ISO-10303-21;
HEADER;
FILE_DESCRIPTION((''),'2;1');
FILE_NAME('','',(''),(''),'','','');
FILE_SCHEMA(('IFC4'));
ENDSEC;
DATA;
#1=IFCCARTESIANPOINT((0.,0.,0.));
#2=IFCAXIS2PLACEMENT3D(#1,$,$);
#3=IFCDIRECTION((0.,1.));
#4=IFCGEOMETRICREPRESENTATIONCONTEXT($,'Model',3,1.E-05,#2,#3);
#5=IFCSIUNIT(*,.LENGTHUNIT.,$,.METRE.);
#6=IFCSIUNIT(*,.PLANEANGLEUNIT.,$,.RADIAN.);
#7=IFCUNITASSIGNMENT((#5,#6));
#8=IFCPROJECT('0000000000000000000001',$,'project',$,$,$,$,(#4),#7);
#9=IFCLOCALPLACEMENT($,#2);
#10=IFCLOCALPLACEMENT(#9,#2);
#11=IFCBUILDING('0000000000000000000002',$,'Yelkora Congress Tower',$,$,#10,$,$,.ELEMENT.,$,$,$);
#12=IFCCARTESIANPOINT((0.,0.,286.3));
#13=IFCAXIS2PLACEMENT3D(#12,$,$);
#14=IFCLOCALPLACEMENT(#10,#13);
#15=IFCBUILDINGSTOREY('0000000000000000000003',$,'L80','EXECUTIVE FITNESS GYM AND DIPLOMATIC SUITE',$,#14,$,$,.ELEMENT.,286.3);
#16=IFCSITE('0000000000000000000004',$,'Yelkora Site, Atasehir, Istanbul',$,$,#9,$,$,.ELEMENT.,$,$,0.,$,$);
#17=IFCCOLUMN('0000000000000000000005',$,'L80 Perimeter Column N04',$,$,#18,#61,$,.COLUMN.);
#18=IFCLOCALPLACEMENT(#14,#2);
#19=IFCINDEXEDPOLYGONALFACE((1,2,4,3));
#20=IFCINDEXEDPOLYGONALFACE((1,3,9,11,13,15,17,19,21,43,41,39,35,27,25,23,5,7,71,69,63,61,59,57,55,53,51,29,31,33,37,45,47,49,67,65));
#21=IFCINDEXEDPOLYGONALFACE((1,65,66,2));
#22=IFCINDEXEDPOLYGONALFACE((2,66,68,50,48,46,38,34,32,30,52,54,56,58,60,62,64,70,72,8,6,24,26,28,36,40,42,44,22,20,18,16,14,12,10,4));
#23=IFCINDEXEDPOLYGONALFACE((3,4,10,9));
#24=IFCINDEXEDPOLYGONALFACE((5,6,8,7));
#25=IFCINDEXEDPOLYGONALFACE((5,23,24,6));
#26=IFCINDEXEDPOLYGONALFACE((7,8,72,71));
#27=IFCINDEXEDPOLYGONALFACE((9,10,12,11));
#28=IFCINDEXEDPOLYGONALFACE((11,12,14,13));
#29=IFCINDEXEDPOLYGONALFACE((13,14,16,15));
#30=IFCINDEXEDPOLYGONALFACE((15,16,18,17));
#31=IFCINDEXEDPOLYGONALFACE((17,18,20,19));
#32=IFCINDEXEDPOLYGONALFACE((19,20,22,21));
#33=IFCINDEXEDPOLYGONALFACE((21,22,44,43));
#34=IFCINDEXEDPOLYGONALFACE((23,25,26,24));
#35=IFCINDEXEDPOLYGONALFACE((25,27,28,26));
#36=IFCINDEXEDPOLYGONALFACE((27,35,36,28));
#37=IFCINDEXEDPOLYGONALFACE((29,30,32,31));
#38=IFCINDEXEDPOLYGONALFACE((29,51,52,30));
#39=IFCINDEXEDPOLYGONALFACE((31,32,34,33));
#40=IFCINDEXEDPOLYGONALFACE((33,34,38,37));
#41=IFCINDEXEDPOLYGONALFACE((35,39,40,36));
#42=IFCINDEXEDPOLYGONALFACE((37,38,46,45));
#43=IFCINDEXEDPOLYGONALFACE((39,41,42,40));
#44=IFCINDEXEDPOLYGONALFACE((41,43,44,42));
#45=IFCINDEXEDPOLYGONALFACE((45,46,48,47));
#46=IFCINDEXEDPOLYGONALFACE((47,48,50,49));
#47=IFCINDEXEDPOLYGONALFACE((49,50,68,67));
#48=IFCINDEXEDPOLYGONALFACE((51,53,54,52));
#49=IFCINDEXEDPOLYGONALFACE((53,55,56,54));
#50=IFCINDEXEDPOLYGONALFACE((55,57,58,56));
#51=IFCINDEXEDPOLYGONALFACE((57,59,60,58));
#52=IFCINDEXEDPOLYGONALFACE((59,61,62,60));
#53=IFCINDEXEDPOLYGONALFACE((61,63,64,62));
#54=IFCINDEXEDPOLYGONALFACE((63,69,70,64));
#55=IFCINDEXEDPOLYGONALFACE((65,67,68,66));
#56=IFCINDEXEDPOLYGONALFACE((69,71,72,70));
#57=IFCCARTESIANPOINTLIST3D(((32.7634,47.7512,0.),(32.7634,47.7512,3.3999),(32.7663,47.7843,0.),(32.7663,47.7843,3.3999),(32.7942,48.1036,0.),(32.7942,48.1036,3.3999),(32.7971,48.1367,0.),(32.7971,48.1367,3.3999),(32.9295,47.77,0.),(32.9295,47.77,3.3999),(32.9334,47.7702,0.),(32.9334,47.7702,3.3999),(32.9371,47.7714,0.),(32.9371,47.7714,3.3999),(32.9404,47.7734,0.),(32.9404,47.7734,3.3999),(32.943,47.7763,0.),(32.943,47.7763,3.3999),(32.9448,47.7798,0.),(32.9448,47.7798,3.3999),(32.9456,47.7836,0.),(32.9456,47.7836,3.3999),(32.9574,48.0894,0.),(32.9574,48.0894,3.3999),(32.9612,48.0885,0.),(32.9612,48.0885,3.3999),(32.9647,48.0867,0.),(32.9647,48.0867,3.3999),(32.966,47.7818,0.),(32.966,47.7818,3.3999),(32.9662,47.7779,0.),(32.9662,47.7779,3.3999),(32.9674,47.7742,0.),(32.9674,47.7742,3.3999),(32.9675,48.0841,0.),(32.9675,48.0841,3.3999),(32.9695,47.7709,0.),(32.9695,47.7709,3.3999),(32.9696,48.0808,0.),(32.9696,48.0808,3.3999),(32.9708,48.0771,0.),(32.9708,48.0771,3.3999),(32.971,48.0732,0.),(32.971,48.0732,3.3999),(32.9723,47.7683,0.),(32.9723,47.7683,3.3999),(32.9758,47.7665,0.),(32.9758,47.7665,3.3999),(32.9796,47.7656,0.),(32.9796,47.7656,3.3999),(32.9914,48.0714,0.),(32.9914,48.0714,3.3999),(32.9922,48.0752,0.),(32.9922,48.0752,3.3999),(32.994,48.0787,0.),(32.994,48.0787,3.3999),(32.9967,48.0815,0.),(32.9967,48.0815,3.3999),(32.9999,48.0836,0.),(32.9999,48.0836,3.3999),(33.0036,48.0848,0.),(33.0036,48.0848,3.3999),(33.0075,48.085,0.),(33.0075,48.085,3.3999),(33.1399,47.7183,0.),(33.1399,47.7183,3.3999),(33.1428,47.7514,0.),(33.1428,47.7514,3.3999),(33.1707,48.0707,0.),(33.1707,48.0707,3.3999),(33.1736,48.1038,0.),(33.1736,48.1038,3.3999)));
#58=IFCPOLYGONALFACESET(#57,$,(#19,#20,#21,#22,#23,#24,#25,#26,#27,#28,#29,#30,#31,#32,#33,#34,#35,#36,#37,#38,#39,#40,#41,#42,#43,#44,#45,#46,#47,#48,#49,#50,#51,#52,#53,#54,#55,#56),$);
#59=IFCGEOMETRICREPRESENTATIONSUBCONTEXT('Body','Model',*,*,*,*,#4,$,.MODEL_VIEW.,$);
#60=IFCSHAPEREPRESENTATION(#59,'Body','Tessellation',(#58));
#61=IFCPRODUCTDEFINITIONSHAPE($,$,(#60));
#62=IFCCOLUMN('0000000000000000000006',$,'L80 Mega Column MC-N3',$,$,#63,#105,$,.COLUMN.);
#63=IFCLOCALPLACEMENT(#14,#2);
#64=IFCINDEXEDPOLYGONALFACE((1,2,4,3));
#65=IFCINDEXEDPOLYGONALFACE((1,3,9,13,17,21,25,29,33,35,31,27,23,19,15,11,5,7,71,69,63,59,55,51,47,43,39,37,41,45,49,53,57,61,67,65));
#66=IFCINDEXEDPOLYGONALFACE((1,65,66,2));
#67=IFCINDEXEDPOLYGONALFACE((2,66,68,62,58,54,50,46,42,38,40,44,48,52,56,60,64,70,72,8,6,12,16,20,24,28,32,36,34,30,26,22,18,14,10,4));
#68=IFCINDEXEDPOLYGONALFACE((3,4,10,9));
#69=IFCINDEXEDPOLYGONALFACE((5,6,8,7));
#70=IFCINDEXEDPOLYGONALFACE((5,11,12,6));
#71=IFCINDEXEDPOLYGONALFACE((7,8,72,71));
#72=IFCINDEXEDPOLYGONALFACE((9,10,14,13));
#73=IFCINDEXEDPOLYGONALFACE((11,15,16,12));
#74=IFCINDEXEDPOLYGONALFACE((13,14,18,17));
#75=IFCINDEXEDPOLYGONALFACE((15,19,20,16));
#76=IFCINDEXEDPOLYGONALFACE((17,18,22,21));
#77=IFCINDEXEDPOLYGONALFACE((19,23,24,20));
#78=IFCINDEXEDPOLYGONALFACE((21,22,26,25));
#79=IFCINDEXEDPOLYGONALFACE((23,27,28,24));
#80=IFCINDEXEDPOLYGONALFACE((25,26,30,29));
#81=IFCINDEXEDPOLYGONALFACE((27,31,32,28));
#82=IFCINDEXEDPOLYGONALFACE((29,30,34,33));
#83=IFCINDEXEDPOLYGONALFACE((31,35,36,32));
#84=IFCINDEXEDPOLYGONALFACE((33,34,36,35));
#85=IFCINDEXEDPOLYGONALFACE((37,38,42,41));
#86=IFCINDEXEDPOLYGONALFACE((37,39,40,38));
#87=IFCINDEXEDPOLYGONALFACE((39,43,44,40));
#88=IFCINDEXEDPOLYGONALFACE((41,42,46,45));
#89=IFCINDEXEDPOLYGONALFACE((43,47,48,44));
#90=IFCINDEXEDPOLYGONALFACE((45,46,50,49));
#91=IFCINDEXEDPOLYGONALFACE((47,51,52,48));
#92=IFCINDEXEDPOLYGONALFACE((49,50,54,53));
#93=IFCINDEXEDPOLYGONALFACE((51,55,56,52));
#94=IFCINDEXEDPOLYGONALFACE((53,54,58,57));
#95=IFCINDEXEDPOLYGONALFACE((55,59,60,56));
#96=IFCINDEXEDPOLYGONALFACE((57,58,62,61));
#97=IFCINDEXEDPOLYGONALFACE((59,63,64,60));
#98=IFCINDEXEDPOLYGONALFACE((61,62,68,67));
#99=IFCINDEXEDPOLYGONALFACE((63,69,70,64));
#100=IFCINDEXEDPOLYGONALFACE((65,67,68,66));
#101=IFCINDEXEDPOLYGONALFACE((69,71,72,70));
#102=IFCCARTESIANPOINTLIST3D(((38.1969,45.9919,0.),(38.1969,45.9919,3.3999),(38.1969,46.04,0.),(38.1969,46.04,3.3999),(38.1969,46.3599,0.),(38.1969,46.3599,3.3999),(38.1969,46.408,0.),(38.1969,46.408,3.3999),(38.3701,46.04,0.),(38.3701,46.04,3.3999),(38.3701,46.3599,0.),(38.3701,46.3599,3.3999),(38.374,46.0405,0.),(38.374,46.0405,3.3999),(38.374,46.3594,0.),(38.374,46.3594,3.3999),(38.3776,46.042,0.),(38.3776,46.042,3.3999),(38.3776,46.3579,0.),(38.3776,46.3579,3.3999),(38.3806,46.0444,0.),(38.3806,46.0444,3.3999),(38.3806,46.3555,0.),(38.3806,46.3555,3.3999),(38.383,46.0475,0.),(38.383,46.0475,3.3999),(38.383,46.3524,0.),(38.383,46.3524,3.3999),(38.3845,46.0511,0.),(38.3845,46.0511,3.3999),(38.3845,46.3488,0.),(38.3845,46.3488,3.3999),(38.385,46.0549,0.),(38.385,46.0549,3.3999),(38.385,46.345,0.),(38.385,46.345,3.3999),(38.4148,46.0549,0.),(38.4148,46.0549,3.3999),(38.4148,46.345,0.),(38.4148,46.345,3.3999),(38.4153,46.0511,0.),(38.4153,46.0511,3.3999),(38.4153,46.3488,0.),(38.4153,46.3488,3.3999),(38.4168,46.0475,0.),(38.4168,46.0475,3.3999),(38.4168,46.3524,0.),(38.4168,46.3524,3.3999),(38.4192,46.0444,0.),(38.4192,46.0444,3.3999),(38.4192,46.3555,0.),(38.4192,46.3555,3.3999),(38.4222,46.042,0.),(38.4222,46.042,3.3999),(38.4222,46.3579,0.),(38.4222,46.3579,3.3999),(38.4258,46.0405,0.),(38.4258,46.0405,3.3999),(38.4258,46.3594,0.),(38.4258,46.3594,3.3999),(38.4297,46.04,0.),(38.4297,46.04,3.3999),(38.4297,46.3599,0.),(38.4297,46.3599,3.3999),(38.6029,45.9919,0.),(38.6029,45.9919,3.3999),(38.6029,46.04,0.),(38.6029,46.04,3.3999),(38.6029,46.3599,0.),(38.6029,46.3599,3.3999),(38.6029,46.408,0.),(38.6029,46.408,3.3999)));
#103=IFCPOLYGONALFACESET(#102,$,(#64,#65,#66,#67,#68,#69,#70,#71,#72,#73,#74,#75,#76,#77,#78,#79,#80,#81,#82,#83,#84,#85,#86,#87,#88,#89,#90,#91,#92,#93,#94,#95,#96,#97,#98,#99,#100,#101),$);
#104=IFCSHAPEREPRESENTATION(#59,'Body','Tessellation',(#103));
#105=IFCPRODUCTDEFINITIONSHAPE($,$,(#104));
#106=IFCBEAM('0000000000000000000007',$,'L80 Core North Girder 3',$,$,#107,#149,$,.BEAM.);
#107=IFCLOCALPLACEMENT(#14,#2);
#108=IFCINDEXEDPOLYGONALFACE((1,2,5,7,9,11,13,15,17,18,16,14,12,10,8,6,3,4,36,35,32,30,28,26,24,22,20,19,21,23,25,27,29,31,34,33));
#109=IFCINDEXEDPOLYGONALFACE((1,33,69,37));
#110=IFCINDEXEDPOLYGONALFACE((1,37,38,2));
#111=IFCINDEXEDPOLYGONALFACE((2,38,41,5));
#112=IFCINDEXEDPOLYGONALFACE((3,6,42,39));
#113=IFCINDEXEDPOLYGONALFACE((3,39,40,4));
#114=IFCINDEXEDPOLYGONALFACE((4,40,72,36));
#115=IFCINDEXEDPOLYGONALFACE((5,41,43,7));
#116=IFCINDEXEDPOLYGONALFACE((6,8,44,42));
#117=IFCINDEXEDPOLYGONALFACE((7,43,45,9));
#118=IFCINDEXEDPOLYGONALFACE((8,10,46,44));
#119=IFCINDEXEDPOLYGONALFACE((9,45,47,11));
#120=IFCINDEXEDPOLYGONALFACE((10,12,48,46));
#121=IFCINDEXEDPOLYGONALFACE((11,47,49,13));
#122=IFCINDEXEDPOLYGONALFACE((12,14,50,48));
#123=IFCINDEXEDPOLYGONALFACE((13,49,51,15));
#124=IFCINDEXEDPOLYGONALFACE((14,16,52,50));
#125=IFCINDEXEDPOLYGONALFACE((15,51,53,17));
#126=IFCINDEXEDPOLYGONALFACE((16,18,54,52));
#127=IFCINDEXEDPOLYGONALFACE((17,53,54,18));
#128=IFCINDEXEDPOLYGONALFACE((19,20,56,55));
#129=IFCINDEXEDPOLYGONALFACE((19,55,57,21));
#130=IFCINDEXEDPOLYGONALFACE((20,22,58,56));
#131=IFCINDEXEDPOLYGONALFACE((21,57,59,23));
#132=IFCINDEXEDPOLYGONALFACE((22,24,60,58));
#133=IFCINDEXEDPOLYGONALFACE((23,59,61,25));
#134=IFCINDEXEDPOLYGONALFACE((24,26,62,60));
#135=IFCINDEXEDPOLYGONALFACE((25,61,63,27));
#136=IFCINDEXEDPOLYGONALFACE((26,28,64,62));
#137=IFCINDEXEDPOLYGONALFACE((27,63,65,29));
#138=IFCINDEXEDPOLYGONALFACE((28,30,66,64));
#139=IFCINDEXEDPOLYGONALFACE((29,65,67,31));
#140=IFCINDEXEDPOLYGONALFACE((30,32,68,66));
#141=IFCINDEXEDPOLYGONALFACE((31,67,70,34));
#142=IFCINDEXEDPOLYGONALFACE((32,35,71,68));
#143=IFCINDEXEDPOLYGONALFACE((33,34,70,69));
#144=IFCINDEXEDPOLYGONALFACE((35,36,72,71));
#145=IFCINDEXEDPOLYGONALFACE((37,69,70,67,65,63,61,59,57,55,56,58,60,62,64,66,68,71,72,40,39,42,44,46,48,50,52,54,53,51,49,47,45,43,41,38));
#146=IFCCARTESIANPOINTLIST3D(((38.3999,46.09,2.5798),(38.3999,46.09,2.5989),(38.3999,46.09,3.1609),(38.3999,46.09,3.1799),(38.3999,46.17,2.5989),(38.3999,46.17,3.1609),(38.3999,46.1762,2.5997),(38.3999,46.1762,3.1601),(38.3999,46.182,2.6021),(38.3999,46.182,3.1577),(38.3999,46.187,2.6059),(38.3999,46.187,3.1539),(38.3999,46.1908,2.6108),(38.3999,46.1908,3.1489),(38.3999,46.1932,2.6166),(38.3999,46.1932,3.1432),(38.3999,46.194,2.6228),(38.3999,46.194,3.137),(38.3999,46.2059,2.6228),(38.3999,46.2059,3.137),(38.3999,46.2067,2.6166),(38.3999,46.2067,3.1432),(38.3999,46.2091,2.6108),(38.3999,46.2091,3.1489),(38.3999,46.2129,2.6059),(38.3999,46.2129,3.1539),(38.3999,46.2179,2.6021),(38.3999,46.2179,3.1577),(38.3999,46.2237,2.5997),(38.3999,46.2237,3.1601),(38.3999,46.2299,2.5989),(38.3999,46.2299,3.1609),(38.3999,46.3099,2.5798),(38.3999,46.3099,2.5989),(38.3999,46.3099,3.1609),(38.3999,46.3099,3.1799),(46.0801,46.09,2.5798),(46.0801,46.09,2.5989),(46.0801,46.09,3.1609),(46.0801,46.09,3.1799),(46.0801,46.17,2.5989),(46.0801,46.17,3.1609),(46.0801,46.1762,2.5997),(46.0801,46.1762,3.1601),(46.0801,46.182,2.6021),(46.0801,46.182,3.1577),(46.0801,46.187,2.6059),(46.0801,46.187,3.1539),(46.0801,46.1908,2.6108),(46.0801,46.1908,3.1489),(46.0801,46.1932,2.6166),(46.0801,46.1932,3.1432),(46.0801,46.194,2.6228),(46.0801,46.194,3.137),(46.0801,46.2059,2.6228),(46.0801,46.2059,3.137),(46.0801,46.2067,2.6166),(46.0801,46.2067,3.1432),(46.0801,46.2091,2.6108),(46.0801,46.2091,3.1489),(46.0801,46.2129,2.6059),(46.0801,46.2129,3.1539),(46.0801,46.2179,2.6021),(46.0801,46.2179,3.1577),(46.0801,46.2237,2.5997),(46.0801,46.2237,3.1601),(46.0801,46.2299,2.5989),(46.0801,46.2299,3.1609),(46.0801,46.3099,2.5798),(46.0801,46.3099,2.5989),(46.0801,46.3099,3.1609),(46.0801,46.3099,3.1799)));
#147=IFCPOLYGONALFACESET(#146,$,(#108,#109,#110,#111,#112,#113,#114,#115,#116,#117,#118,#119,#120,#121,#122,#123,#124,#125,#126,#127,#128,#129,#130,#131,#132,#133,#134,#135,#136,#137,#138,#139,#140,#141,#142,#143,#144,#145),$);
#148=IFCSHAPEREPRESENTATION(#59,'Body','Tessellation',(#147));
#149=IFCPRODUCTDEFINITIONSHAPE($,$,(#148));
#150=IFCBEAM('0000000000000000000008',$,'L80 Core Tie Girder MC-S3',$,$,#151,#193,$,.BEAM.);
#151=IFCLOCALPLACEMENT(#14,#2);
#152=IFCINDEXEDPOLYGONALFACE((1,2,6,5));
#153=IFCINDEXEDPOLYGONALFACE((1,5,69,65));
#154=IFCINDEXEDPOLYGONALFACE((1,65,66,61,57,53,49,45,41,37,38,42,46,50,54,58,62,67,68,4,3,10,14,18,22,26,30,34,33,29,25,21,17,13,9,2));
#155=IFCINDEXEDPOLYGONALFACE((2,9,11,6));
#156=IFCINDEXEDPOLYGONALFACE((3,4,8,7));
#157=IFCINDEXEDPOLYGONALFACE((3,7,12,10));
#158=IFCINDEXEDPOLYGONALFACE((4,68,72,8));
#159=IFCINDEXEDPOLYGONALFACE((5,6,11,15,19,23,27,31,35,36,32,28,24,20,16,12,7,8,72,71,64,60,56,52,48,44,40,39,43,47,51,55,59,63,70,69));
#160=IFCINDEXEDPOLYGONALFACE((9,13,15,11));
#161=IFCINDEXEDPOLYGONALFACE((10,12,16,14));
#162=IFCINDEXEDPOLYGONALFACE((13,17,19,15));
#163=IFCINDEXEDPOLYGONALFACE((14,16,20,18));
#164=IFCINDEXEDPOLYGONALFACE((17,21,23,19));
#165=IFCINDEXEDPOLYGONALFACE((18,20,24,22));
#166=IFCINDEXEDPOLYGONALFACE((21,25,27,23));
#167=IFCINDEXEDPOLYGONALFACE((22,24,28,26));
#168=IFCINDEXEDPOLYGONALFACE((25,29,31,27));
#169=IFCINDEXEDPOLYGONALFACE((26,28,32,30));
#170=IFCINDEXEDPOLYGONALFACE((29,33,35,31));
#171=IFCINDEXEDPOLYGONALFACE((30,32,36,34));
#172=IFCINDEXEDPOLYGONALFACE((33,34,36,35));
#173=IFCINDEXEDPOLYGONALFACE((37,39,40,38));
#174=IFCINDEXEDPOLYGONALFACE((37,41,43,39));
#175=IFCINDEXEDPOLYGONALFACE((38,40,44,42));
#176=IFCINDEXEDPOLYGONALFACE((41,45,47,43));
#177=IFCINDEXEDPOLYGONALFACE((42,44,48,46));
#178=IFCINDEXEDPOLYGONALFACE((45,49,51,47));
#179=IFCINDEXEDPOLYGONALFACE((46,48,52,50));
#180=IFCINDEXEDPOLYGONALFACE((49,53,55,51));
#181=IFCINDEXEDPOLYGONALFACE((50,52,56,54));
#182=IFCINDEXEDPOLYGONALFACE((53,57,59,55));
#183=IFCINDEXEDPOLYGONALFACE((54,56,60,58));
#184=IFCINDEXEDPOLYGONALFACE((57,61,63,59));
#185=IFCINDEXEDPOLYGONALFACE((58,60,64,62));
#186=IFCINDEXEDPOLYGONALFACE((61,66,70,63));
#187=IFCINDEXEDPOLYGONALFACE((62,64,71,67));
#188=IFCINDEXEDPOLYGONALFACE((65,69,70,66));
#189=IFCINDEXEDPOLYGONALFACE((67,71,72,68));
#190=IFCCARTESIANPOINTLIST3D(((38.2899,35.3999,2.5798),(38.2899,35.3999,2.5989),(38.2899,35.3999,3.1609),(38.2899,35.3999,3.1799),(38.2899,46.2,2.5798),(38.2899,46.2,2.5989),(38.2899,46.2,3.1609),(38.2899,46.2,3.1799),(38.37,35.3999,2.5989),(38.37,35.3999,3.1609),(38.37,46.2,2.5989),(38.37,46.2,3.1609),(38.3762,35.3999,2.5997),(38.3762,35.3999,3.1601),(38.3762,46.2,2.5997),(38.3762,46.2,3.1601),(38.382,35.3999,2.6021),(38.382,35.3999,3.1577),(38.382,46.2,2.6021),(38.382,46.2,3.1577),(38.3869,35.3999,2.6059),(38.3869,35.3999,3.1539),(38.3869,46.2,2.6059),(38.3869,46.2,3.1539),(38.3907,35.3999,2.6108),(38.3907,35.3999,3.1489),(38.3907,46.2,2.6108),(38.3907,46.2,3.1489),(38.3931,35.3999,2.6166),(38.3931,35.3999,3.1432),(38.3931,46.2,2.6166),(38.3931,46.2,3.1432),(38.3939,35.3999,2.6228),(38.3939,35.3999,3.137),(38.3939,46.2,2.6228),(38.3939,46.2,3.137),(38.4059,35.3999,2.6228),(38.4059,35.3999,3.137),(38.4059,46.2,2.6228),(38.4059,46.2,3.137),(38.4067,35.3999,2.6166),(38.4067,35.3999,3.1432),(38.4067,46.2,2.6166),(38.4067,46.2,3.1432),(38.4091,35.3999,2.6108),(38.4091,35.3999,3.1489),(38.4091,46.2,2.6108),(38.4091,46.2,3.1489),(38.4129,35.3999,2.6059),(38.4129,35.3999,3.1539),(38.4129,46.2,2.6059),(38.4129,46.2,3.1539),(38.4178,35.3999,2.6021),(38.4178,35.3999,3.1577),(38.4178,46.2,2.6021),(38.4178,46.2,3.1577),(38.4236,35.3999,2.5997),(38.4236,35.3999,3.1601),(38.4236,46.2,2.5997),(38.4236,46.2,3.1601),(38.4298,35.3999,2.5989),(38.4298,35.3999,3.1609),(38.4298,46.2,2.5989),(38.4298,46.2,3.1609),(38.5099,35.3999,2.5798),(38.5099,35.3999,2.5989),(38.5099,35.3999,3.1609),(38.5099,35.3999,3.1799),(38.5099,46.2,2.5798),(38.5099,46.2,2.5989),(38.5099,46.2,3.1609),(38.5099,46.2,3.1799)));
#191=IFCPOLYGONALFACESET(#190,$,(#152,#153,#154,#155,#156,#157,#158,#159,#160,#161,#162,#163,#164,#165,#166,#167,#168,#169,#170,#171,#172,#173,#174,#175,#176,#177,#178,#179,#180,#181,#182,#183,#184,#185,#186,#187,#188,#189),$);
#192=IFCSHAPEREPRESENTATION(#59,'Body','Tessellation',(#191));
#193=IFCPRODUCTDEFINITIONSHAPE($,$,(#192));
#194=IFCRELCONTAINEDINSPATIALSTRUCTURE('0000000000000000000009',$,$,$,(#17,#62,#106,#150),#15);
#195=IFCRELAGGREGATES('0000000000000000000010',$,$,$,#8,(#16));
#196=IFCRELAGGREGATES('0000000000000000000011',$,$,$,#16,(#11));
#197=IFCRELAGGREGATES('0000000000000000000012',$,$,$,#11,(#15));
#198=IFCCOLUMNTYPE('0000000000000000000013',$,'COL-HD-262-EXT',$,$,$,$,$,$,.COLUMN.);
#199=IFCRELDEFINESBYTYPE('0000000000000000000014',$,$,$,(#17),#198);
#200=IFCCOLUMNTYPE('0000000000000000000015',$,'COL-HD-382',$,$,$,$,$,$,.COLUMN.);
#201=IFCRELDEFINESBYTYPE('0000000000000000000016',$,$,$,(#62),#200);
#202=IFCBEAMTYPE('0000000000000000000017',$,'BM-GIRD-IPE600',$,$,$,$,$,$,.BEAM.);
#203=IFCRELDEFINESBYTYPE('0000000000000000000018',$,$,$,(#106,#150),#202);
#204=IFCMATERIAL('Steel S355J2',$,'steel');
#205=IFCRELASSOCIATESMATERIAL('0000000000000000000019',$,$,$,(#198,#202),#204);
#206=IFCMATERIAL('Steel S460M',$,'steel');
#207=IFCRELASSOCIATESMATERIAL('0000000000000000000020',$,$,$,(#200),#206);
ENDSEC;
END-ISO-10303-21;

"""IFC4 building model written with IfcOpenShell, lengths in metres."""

from ifc_helpers import new_model, si_unit, direction, frame, origin, origin_2d, place, context, subcontext, project, spatial, i_section, extrude, material, material_profile, profile_set, type_object, element, save


model = new_model("IFC4")

# Units and contexts
model_context = context("Model", 3, precision=1e-05, world=origin(), true_north=direction((0.0, 1.0)))
body_context = subcontext(model_context, "Body", "Model", "MODEL_VIEW")
ifc_project = project(units=[si_unit("LENGTHUNIT", "METRE"), si_unit("PLANEANGLEUNIT", "RADIAN")], contexts=[model_context])

# Site, building, storey
site_placement = place(None, origin())
site = spatial("IfcSite", under=ifc_project, at=site_placement, Name="Yelkora Site, Atasehir, Istanbul", CompositionType="ELEMENT", RefElevation=0.0)
building_placement = place(site_placement, origin())
building = spatial("IfcBuilding", under=site, at=building_placement, Name="Yelkora Congress Tower", CompositionType="ELEMENT")
storey_placement = place(building_placement, frame((0.0, 0.0, 286.3)))
storey = spatial("IfcBuildingStorey", under=building, at=storey_placement, Name="L80", Description="EXECUTIVE FITNESS GYM AND DIPLOMATIC SUITE", CompositionType="ELEMENT", Elevation=286.3)

# Columns
ifc_material_1 = material(Name="Steel S355J2", Category="steel")
ifc_material_profile_1 = material_profile(ifc_material_1, i_section(OverallWidth=0.3779, OverallDepth=0.387, WebThickness=0.0205, FlangeThickness=0.0332, FilletRadius=0.0149, at=origin_2d()), Name="HD 360x262")
ifc_profile_set_1 = profile_set([ifc_material_profile_1], Name="Steel S355J2")
column_type_1 = type_object("IfcColumnType", Name="COL-HD-262-EXT", PredefinedType="COLUMN", material=ifc_profile_set_1)
column_1_placement = place(storey_placement, frame((32.9685, 47.9275, 0.0), z_axis=(0.0, 0.0, 1.0), x_axis=(0.996195, -0.087156, 0.0)))
element("IfcColumn", 1, at=column_1_placement, inside=storey, type_object=column_type_1, Name="L80 Perimeter Column N04", PredefinedType="COLUMN", context=body_context, shape_type="SweptSolid", body=[
    extrude(i_section(OverallWidth=0.3779, OverallDepth=0.387, WebThickness=0.0205, FlangeThickness=0.0332, FilletRadius=0.0149, at=origin_2d()), origin(), (0.0, 0.0, 1.0), 3.3999),
])
ifc_material_2 = material(Name="Steel S460M", Category="steel")
ifc_material_profile_2 = material_profile(ifc_material_2, i_section(OverallWidth=0.406, OverallDepth=0.416, WebThickness=0.0298, FlangeThickness=0.0481, FilletRadius=0.0149, at=origin_2d()), Name="HD 400x382")
ifc_profile_set_2 = profile_set([ifc_material_profile_2], Name="Steel S460M")
column_type_2 = type_object("IfcColumnType", Name="COL-HD-382", PredefinedType="COLUMN", material=ifc_profile_set_2)
column_2_placement = place(storey_placement, frame((38.3999, 46.2, 0.0), z_axis=(0.0, 0.0, 1.0), x_axis=(1.0, 0.0, 0.0)))
element("IfcColumn", 2, at=column_2_placement, inside=storey, type_object=column_type_2, Name="L80 Mega Column MC-N3", PredefinedType="COLUMN", context=body_context, shape_type="SweptSolid", body=[
    extrude(i_section(OverallWidth=0.406, OverallDepth=0.416, WebThickness=0.0298, FlangeThickness=0.0481, FilletRadius=0.0149, at=origin_2d()), origin(), (0.0, 0.0, 1.0), 3.3999),
])

# Beams
ifc_material_profile_3 = material_profile(ifc_material_1, i_section(OverallWidth=0.22, OverallDepth=0.6001, WebThickness=0.012, FlangeThickness=0.019, FilletRadius=0.0239, at=origin_2d()), Name="IPE 600")
ifc_profile_set_3 = profile_set([ifc_material_profile_3], Name="Steel S355J2")
beam_type_1 = type_object("IfcBeamType", Name="BM-GIRD-IPE600", PredefinedType="BEAM", material=ifc_profile_set_3)
beam_1_placement = place(storey_placement, frame((38.3999, 46.2, 2.8799), z_axis=(1.0, 0.0, 0.0), x_axis=(0.0, 1.0, 0.0)))
element("IfcBeam", 3, at=beam_1_placement, inside=storey, type_object=beam_type_1, Name="L80 Core North Girder 3", PredefinedType="BEAM", context=body_context, shape_type="SweptSolid", body=[
    extrude(i_section(OverallWidth=0.22, OverallDepth=0.6001, WebThickness=0.012, FlangeThickness=0.019, FilletRadius=0.0239, at=origin_2d()), origin(), (0.0, 0.0, 1.0), 7.6802),
])
beam_2_placement = place(storey_placement, frame((38.3999, 35.3999, 2.8799), z_axis=(0.0, 1.0, 0.0), x_axis=(-1.0, 0.0, 0.0)))
element("IfcBeam", 4, at=beam_2_placement, inside=storey, type_object=beam_type_1, Name="L80 Core Tie Girder MC-S3", PredefinedType="BEAM", context=body_context, shape_type="SweptSolid", body=[
    extrude(i_section(OverallWidth=0.22, OverallDepth=0.6001, WebThickness=0.012, FlangeThickness=0.019, FilletRadius=0.0239, at=origin_2d()), origin(), (0.0, 0.0, 1.0), 10.8),
])

save(model, "model.ifc")
